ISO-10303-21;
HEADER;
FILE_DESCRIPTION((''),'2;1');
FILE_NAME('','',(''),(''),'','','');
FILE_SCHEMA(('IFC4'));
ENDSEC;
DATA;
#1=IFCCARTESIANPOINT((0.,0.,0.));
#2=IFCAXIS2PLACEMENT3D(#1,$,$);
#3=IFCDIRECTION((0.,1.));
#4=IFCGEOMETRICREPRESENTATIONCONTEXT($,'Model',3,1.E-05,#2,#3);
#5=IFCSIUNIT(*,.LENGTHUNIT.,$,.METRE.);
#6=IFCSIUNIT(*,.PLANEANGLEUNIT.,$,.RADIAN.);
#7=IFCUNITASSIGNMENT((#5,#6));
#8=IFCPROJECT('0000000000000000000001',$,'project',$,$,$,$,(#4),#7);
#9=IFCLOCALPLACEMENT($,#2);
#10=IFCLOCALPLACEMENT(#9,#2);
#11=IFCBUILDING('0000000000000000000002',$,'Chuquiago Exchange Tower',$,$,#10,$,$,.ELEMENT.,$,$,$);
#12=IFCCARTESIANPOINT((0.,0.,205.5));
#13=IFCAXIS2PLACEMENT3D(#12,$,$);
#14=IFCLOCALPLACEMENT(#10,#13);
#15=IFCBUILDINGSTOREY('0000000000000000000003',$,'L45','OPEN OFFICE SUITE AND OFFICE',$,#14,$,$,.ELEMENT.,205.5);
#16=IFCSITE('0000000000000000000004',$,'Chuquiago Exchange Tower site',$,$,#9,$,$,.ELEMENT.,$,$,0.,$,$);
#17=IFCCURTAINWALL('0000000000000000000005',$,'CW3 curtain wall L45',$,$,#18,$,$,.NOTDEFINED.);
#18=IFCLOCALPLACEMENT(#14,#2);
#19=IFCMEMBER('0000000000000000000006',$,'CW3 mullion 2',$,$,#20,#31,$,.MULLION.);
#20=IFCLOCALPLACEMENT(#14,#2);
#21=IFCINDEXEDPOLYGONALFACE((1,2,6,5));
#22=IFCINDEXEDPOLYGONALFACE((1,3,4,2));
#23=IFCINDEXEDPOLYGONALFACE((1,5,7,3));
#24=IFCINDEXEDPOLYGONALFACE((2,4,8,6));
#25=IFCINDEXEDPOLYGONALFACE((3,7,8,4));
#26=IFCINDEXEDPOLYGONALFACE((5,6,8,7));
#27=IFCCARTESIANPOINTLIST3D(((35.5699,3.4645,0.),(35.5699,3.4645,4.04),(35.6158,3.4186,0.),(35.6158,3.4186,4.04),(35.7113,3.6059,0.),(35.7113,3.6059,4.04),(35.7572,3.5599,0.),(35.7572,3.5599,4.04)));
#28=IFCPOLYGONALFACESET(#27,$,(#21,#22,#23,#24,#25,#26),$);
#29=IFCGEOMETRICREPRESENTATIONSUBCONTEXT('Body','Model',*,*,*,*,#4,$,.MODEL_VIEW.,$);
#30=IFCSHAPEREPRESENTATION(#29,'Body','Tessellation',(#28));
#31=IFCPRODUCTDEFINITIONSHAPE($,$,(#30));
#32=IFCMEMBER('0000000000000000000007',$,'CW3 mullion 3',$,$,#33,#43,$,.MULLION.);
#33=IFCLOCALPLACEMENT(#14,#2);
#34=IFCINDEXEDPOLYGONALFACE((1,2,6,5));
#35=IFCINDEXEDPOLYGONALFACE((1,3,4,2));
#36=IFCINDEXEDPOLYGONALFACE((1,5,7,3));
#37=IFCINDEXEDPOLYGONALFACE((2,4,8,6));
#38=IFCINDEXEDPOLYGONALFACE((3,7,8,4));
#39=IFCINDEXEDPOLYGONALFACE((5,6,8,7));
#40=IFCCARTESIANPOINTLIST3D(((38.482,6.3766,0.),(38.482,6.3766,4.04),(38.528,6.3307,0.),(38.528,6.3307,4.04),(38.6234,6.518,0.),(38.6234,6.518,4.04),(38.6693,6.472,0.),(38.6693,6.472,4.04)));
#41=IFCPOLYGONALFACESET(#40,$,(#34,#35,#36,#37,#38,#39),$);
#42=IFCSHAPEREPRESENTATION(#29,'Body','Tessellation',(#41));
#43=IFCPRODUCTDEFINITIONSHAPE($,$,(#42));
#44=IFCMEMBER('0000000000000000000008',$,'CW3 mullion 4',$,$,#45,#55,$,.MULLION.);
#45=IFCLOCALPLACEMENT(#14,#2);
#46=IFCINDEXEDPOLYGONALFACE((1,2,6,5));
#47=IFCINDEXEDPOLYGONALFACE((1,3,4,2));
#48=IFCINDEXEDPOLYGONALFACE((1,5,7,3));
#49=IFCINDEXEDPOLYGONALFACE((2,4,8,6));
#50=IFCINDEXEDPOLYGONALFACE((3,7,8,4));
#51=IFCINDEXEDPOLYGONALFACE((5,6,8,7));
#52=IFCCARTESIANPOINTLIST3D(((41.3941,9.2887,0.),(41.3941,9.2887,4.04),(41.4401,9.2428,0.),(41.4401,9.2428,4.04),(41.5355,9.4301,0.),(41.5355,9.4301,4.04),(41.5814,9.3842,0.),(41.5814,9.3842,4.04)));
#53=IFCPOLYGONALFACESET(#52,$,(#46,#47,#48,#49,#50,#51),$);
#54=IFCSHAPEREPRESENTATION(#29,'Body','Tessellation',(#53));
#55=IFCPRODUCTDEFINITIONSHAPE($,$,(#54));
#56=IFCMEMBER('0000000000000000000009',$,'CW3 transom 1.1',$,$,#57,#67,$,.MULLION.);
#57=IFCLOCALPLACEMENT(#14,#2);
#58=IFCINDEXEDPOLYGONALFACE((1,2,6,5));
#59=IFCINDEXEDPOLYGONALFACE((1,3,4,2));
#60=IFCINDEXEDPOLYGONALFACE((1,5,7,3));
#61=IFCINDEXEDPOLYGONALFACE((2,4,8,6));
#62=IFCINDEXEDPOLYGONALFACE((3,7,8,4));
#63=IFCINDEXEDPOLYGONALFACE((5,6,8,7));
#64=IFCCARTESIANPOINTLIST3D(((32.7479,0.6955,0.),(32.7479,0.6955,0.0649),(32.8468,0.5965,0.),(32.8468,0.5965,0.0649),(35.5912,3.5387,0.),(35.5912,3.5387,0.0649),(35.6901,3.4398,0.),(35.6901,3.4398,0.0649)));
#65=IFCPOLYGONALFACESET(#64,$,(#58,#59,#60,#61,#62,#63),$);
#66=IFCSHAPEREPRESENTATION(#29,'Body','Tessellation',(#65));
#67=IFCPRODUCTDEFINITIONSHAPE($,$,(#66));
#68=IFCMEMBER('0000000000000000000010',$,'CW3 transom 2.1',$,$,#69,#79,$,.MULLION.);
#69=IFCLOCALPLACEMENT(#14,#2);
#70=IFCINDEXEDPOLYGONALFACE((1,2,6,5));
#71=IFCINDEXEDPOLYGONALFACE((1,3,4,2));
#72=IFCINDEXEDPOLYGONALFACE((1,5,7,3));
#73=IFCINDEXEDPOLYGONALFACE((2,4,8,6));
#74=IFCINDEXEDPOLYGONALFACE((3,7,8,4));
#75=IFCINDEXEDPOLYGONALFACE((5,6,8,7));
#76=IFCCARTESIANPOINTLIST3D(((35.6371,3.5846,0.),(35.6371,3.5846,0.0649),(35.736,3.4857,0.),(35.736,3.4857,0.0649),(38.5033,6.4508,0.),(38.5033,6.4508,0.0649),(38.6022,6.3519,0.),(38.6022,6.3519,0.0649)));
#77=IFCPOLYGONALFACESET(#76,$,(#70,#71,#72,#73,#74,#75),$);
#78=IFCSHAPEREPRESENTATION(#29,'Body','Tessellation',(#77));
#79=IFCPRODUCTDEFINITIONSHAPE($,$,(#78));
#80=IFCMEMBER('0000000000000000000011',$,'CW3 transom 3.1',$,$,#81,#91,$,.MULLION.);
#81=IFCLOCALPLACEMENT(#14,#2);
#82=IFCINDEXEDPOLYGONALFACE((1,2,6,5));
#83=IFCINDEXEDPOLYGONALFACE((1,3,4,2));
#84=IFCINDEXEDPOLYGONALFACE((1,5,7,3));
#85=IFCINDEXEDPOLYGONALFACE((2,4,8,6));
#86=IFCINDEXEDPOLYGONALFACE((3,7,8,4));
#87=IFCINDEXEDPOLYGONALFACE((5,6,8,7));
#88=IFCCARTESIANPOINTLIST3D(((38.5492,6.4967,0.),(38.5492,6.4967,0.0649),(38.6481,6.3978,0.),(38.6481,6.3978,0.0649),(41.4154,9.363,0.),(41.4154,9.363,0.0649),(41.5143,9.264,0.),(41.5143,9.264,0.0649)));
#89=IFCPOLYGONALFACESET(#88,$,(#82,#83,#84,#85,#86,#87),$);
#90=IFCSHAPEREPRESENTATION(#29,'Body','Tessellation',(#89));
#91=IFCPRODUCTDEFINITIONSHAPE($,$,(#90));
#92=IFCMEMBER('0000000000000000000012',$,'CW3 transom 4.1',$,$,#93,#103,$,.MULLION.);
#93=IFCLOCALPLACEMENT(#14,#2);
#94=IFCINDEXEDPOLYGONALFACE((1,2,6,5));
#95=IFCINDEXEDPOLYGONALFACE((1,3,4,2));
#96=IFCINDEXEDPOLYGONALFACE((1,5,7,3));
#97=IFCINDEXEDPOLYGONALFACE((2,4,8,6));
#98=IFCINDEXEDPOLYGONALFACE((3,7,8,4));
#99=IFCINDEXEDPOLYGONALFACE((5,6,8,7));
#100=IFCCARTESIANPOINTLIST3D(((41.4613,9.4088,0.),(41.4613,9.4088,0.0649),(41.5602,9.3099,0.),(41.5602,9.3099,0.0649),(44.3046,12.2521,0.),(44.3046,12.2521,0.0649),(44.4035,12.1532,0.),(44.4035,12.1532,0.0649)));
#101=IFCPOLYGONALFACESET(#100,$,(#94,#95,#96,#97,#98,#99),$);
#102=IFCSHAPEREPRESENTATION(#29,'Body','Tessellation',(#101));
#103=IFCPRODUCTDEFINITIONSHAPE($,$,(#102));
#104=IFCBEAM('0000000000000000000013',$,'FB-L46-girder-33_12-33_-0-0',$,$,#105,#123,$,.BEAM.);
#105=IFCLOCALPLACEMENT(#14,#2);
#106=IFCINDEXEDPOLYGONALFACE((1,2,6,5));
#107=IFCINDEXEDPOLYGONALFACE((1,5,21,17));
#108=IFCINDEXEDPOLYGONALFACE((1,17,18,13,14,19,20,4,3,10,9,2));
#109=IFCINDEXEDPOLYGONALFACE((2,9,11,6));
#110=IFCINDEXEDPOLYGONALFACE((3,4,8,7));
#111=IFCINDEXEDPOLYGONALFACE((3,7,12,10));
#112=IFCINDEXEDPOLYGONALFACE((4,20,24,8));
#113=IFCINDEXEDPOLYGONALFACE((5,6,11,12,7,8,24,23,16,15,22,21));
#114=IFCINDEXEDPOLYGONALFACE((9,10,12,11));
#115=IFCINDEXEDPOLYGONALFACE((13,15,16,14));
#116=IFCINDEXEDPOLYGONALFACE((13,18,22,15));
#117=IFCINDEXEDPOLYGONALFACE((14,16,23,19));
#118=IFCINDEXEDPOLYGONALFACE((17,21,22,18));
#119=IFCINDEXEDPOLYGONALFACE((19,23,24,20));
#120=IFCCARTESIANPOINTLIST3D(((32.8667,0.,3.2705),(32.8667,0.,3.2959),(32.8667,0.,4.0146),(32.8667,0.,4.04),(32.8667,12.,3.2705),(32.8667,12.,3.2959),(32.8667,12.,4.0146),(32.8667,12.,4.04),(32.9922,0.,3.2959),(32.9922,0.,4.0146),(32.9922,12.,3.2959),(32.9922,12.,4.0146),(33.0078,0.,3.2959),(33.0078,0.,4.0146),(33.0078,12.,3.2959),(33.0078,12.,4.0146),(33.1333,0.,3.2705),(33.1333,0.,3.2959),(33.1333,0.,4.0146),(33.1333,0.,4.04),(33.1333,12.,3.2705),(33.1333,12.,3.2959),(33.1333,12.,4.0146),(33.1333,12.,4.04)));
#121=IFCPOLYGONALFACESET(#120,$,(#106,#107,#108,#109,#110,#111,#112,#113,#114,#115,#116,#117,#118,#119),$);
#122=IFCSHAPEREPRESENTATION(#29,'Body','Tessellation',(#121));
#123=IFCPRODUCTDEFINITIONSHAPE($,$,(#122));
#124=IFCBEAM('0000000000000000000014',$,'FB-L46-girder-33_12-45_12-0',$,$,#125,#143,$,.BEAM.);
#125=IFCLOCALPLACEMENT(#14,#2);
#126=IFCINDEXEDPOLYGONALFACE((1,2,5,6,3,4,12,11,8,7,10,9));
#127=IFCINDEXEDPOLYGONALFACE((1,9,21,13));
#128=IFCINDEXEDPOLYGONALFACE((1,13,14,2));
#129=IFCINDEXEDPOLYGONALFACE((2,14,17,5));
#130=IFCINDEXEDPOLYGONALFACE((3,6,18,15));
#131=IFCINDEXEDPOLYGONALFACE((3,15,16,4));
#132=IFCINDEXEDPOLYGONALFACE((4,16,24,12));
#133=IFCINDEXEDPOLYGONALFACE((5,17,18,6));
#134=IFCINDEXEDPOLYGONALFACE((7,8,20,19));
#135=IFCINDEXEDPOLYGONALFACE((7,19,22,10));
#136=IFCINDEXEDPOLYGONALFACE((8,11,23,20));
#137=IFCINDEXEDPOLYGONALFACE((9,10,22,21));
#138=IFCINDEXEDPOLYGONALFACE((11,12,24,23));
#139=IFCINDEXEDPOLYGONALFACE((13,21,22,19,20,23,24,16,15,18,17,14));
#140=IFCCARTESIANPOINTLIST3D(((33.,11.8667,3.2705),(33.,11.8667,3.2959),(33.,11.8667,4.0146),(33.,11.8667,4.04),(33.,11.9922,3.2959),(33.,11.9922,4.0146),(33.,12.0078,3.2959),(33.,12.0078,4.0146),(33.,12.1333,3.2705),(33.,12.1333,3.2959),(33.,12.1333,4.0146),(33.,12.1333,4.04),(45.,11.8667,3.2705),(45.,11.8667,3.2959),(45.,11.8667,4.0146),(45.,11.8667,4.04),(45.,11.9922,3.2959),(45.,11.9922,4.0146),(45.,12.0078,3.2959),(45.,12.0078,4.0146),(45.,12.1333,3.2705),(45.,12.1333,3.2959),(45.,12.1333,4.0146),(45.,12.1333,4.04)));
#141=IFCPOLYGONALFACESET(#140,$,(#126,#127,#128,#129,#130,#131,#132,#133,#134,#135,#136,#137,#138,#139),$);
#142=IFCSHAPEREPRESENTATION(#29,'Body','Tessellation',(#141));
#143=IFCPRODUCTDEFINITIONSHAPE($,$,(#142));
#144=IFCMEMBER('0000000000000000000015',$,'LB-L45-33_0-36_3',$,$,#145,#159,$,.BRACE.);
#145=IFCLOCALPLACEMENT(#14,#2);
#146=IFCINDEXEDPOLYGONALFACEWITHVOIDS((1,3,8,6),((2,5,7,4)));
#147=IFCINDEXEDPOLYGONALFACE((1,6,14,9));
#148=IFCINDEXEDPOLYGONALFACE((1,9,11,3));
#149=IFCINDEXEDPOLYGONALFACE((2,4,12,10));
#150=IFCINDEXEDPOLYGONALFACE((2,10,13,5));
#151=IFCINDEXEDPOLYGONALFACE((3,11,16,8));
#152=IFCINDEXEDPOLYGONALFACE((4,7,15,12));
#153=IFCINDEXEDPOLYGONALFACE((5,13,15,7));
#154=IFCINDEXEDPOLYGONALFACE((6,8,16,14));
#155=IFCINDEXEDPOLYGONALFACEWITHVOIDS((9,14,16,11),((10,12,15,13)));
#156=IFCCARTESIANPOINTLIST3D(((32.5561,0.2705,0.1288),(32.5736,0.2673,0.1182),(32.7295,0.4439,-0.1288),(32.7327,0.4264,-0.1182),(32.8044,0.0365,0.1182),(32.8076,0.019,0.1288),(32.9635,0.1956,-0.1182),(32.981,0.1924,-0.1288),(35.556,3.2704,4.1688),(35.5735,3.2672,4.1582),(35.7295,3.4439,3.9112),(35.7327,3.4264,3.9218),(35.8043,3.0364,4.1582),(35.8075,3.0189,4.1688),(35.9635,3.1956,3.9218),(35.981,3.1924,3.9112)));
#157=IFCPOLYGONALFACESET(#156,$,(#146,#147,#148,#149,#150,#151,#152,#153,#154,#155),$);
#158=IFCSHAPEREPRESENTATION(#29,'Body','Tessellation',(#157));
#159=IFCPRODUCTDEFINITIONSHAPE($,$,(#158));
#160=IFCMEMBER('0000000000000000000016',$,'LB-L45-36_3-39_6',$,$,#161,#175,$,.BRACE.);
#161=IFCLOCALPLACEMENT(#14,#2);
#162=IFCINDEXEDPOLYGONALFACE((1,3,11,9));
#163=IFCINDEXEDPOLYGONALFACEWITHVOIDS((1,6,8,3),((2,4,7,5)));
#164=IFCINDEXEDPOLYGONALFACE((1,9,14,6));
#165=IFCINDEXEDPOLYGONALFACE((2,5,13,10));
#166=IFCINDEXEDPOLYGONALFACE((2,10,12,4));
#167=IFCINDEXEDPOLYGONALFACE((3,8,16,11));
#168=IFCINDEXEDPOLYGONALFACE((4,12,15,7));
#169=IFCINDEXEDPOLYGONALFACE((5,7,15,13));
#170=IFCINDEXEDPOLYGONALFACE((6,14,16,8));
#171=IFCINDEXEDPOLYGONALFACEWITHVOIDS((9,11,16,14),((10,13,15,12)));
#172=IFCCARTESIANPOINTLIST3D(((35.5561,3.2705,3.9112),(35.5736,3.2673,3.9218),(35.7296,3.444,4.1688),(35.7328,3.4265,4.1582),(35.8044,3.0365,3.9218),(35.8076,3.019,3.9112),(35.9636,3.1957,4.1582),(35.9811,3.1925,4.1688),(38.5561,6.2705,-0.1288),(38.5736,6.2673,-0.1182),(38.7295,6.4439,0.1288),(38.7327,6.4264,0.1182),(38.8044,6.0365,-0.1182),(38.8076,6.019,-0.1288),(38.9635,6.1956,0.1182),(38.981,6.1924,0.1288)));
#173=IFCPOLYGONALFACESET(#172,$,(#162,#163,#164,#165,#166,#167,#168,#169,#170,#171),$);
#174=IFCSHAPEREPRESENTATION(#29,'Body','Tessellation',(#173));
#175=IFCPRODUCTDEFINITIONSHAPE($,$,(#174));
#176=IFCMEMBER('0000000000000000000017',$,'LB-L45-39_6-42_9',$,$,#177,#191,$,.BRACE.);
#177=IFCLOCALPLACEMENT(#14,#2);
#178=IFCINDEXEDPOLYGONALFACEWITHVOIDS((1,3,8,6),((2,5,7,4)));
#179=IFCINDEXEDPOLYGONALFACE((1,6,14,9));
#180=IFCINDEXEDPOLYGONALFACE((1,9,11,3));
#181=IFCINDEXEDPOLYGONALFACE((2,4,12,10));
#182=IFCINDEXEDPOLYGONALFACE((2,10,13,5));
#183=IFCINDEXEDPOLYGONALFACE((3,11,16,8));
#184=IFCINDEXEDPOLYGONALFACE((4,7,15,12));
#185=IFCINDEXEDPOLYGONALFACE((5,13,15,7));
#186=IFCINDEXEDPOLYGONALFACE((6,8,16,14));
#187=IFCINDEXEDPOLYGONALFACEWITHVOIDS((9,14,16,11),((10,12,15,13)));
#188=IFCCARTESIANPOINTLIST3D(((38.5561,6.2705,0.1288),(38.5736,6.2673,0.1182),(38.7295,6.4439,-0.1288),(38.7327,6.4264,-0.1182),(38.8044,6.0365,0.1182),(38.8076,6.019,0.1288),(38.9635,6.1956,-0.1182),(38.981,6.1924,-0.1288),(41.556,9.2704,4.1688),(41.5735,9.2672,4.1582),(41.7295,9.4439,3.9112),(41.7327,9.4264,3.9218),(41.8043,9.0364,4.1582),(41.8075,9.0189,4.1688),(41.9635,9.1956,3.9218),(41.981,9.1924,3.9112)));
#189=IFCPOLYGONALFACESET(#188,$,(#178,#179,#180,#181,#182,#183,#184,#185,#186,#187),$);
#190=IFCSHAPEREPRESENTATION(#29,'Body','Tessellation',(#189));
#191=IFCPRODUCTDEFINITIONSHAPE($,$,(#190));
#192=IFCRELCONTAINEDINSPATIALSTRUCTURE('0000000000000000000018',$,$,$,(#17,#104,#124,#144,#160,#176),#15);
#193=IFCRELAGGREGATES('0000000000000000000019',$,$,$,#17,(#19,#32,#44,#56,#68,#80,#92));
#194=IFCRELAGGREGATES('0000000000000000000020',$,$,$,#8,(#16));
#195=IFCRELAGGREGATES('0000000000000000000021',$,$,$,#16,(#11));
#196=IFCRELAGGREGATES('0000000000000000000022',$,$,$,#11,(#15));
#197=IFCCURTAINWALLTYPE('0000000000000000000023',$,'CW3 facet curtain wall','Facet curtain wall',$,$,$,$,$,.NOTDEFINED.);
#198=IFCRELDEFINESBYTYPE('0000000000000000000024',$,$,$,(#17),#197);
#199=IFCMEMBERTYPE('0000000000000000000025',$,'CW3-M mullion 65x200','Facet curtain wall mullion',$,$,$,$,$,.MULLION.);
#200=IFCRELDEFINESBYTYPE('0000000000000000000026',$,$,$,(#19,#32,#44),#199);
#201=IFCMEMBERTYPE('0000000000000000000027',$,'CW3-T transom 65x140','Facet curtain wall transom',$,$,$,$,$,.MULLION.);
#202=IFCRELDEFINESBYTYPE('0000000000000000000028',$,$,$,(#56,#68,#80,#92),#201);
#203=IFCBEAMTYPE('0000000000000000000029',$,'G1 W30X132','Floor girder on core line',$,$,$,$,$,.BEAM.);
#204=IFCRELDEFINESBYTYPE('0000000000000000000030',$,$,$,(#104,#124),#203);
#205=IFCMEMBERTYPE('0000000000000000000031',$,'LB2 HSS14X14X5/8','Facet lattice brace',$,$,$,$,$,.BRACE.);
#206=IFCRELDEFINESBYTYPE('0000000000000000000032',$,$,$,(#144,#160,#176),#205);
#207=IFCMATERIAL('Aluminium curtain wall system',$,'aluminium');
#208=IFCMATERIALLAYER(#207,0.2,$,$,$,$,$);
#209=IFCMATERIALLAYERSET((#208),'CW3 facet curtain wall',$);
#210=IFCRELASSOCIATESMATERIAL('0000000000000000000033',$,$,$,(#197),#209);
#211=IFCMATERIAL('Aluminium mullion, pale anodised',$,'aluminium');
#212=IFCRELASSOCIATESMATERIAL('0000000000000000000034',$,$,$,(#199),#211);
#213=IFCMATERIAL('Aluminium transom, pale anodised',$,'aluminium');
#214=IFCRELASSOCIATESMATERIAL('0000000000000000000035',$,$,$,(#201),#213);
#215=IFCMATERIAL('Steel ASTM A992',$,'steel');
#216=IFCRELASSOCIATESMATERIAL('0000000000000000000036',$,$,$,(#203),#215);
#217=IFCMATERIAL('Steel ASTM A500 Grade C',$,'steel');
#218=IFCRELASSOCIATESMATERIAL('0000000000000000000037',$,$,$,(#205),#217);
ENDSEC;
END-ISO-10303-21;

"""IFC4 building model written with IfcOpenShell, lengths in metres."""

from ifc_helpers import new_model, si_unit, direction, frame, origin, origin_2d, place, context, subcontext, project, spatial, rectangle, hollow_rectangle, i_section, extrude, material, layer, layer_set, material_profile, profile_set, type_object, element, aggregate, save


model = new_model("IFC4")

# Units and contexts
model_context = context("Model", 3, precision=1e-05, world=origin(), true_north=direction((0.0, 1.0)))
body_context = subcontext(model_context, "Body", "Model", "MODEL_VIEW")
ifc_project = project(units=[si_unit("LENGTHUNIT", "METRE"), si_unit("PLANEANGLEUNIT", "RADIAN")], contexts=[model_context])

# Site, building, storey
site_placement = place(None, origin())
site = spatial("IfcSite", under=ifc_project, at=site_placement, Name="Chuquiago Exchange Tower site", CompositionType="ELEMENT", RefElevation=0.0)
building_placement = place(site_placement, origin())
building = spatial("IfcBuilding", under=site, at=building_placement, Name="Chuquiago Exchange Tower", CompositionType="ELEMENT")
storey_placement = place(building_placement, frame((0.0, 0.0, 205.5)))
storey = spatial("IfcBuildingStorey", under=building, at=storey_placement, Name="L45", Description="OPEN OFFICE SUITE AND OFFICE", CompositionType="ELEMENT", Elevation=205.5)

# Curtain wall, members
ifc_material_1 = material(Name="Aluminium curtain wall system", Category="aluminium")
ifc_layer_1 = layer(ifc_material_1, 0.2)
ifc_layer_set_1 = layer_set([ifc_layer_1], Name="CW3 facet curtain wall")
curtain_wall_type = type_object("IfcCurtainWallType", Name="CW3 facet curtain wall", Description="Facet curtain wall", PredefinedType="NOTDEFINED", material=ifc_layer_set_1)
curtain_wall_placement = place(storey_placement, origin())
curtain_wall = element("IfcCurtainWall", 1, at=curtain_wall_placement, inside=storey, type_object=curtain_wall_type, Name="CW3 curtain wall L45", PredefinedType="NOTDEFINED")
ifc_material_2 = material(Name="Aluminium mullion, pale anodised", Category="aluminium")
ifc_material_profile_1 = material_profile(ifc_material_2, rectangle(XDim=0.0649, YDim=0.2, at=origin_2d()), Name="AL 65x200")
ifc_profile_set_1 = profile_set([ifc_material_profile_1], Name="Aluminium mullion, pale anodised")
member_type_1 = type_object("IfcMemberType", Name="CW3-M mullion 65x200", Description="Facet curtain wall mullion", PredefinedType="MULLION", material=ifc_profile_set_1)
member_1_placement = place(storey_placement, frame((35.6636, 3.5122, 0.0), z_axis=(0.0, 0.0, 1.0), x_axis=(-0.707107, 0.707107, 0.0)))
member_1 = element("IfcMember", 2, at=member_1_placement, type_object=member_type_1, Name="CW3 mullion 2", PredefinedType="MULLION", context=body_context, shape_type="SweptSolid", body=[
    extrude(rectangle(XDim=0.0649, YDim=0.2, at=origin_2d()), origin(), (0.0, 0.0, 1.0), 4.04),
])
member_2_placement = place(storey_placement, frame((38.5757, 6.4243, 0.0), z_axis=(0.0, 0.0, 1.0), x_axis=(-0.707107, 0.707107, 0.0)))
member_2 = element("IfcMember", 3, at=member_2_placement, type_object=member_type_1, Name="CW3 mullion 3", PredefinedType="MULLION", context=body_context, shape_type="SweptSolid", body=[
    extrude(rectangle(XDim=0.0649, YDim=0.2, at=origin_2d()), origin(), (0.0, 0.0, 1.0), 4.04),
])
member_3_placement = place(storey_placement, frame((41.4878, 9.3364, 0.0), z_axis=(0.0, 0.0, 1.0), x_axis=(-0.707107, 0.707107, 0.0)))
member_3 = element("IfcMember", 4, at=member_3_placement, type_object=member_type_1, Name="CW3 mullion 4", PredefinedType="MULLION", context=body_context, shape_type="SweptSolid", body=[
    extrude(rectangle(XDim=0.0649, YDim=0.2, at=origin_2d()), origin(), (0.0, 0.0, 1.0), 4.04),
])
ifc_material_3 = material(Name="Aluminium transom, pale anodised", Category="aluminium")
ifc_material_profile_2 = material_profile(ifc_material_3, rectangle(XDim=0.1399, YDim=0.0649, at=origin_2d()), Name="AL 140x65")
ifc_profile_set_2 = profile_set([ifc_material_profile_2], Name="Aluminium transom, pale anodised")
member_type_2 = type_object("IfcMemberType", Name="CW3-T transom 65x140", Description="Facet curtain wall transom", PredefinedType="MULLION", material=ifc_profile_set_2)
member_4_placement = place(storey_placement, frame((32.7974, 0.646, 0.0325), z_axis=(0.707107, 0.707107, 0.0), x_axis=(-0.707107, 0.707107, 0.0)))
member_4 = element("IfcMember", 5, at=member_4_placement, type_object=member_type_2, Name="CW3 transom 1.1", PredefinedType="MULLION", context=body_context, shape_type="SweptSolid", body=[
    extrude(rectangle(XDim=0.1399, YDim=0.0649, at=origin_2d()), origin(), (0.0, 0.0, 1.0), 4.021),
])
member_5_placement = place(storey_placement, frame((35.6865, 3.5352, 0.0325), z_axis=(0.707107, 0.707107, 0.0), x_axis=(-0.707107, 0.707107, 0.0)))
member_5 = element("IfcMember", 6, at=member_5_placement, type_object=member_type_2, Name="CW3 transom 2.1", PredefinedType="MULLION", context=body_context, shape_type="SweptSolid", body=[
    extrude(rectangle(XDim=0.1399, YDim=0.0649, at=origin_2d()), origin(), (0.0, 0.0, 1.0), 4.0535),
])
member_6_placement = place(storey_placement, frame((38.5986, 6.4473, 0.0325), z_axis=(0.707107, 0.707107, 0.0), x_axis=(-0.707107, 0.707107, 0.0)))
member_6 = element("IfcMember", 7, at=member_6_placement, type_object=member_type_2, Name="CW3 transom 3.1", PredefinedType="MULLION", context=body_context, shape_type="SweptSolid", body=[
    extrude(rectangle(XDim=0.1399, YDim=0.0649, at=origin_2d()), origin(), (0.0, 0.0, 1.0), 4.0535),
])
member_7_placement = place(storey_placement, frame((41.5107, 9.3594, 0.0325), z_axis=(0.707107, 0.707107, 0.0), x_axis=(-0.707107, 0.707107, 0.0)))
member_7 = element("IfcMember", 8, at=member_7_placement, type_object=member_type_2, Name="CW3 transom 4.1", PredefinedType="MULLION", context=body_context, shape_type="SweptSolid", body=[
    extrude(rectangle(XDim=0.1399, YDim=0.0649, at=origin_2d()), origin(), (0.0, 0.0, 1.0), 4.021),
])

# Beams
ifc_material_4 = material(Name="Steel ASTM A992", Category="steel")
ifc_material_profile_3 = material_profile(ifc_material_4, i_section(OverallWidth=0.2666, OverallDepth=0.7695, WebThickness=0.0156, FlangeThickness=0.0254, at=origin_2d()), Name="W30X132")
ifc_profile_set_3 = profile_set([ifc_material_profile_3], Name="Steel ASTM A992")
beam_type_1 = type_object("IfcBeamType", Name="G1 W30X132", Description="Floor girder on core line", PredefinedType="BEAM", material=ifc_profile_set_3)
for number, where, z_axis, x_axis, name in (
    (9, (33.0, 12.0, 3.6553), (0.0, -1.0, 0.0), (1.0, 0.0, 0.0), "FB-L46-girder-33_12-33_-0-0"),
    (10, (33.0, 12.0, 3.6553), (1.0, 0.0, 0.0), (0.0, 1.0, 0.0), "FB-L46-girder-33_12-45_12-0"),
):
    element("IfcBeam", number, at=place(storey_placement, frame(where, z_axis=z_axis, x_axis=x_axis)), inside=storey, type_object=beam_type_1, Name=name, PredefinedType="BEAM", context=body_context, shape_type="SweptSolid", body=[
        extrude(i_section(OverallWidth=0.2666, OverallDepth=0.7695, WebThickness=0.0156, FlangeThickness=0.0254, at=origin_2d()), origin(), (0.0, 0.0, 1.0), 12.0),
    ])

# Members
ifc_material_5 = material(Name="Steel ASTM A500 Grade C", Category="steel")
ifc_material_profile_4 = material_profile(ifc_material_5, hollow_rectangle(XDim=0.3557, YDim=0.3557, WallThickness=0.0146, at=origin_2d()), Name="HSS14X14X5/8")
ifc_profile_set_4 = profile_set([ifc_material_profile_4], Name="Steel ASTM A500 Grade C")
member_type_3 = type_object("IfcMemberType", Name="LB2 HSS14X14X5/8", Description="Facet lattice brace", PredefinedType="BRACE", material=ifc_profile_set_4)
for number, where, z_axis, x_axis, name in (
    (11, (32.7686, 0.2314, 0.0), (0.512077, 0.512077, 0.689604), (-0.707107, 0.707107, 0.0), "LB-L45-33_0-36_3"),
    (12, (38.7686, 6.2314, 0.0), (-0.512077, -0.512077, 0.689604), (0.707107, -0.707107, 0.0), "LB-L45-36_3-39_6"),
    (13, (38.7686, 6.2314, 0.0), (0.512077, 0.512077, 0.689604), (-0.707107, 0.707107, 0.0), "LB-L45-39_6-42_9"),
):
    element("IfcMember", number, at=place(storey_placement, frame(where, z_axis=z_axis, x_axis=x_axis)), inside=storey, type_object=member_type_3, Name=name, PredefinedType="BRACE", context=body_context, shape_type="SweptSolid", body=[
        extrude(hollow_rectangle(XDim=0.3557, YDim=0.3557, WallThickness=0.0146, at=origin_2d()), origin(), (0.0, 0.0, 1.0), 5.8584),
    ])

aggregate(curtain_wall, [member_1, member_2, member_3, member_4, member_5, member_6, member_7])

save(model, "model.ifc")
